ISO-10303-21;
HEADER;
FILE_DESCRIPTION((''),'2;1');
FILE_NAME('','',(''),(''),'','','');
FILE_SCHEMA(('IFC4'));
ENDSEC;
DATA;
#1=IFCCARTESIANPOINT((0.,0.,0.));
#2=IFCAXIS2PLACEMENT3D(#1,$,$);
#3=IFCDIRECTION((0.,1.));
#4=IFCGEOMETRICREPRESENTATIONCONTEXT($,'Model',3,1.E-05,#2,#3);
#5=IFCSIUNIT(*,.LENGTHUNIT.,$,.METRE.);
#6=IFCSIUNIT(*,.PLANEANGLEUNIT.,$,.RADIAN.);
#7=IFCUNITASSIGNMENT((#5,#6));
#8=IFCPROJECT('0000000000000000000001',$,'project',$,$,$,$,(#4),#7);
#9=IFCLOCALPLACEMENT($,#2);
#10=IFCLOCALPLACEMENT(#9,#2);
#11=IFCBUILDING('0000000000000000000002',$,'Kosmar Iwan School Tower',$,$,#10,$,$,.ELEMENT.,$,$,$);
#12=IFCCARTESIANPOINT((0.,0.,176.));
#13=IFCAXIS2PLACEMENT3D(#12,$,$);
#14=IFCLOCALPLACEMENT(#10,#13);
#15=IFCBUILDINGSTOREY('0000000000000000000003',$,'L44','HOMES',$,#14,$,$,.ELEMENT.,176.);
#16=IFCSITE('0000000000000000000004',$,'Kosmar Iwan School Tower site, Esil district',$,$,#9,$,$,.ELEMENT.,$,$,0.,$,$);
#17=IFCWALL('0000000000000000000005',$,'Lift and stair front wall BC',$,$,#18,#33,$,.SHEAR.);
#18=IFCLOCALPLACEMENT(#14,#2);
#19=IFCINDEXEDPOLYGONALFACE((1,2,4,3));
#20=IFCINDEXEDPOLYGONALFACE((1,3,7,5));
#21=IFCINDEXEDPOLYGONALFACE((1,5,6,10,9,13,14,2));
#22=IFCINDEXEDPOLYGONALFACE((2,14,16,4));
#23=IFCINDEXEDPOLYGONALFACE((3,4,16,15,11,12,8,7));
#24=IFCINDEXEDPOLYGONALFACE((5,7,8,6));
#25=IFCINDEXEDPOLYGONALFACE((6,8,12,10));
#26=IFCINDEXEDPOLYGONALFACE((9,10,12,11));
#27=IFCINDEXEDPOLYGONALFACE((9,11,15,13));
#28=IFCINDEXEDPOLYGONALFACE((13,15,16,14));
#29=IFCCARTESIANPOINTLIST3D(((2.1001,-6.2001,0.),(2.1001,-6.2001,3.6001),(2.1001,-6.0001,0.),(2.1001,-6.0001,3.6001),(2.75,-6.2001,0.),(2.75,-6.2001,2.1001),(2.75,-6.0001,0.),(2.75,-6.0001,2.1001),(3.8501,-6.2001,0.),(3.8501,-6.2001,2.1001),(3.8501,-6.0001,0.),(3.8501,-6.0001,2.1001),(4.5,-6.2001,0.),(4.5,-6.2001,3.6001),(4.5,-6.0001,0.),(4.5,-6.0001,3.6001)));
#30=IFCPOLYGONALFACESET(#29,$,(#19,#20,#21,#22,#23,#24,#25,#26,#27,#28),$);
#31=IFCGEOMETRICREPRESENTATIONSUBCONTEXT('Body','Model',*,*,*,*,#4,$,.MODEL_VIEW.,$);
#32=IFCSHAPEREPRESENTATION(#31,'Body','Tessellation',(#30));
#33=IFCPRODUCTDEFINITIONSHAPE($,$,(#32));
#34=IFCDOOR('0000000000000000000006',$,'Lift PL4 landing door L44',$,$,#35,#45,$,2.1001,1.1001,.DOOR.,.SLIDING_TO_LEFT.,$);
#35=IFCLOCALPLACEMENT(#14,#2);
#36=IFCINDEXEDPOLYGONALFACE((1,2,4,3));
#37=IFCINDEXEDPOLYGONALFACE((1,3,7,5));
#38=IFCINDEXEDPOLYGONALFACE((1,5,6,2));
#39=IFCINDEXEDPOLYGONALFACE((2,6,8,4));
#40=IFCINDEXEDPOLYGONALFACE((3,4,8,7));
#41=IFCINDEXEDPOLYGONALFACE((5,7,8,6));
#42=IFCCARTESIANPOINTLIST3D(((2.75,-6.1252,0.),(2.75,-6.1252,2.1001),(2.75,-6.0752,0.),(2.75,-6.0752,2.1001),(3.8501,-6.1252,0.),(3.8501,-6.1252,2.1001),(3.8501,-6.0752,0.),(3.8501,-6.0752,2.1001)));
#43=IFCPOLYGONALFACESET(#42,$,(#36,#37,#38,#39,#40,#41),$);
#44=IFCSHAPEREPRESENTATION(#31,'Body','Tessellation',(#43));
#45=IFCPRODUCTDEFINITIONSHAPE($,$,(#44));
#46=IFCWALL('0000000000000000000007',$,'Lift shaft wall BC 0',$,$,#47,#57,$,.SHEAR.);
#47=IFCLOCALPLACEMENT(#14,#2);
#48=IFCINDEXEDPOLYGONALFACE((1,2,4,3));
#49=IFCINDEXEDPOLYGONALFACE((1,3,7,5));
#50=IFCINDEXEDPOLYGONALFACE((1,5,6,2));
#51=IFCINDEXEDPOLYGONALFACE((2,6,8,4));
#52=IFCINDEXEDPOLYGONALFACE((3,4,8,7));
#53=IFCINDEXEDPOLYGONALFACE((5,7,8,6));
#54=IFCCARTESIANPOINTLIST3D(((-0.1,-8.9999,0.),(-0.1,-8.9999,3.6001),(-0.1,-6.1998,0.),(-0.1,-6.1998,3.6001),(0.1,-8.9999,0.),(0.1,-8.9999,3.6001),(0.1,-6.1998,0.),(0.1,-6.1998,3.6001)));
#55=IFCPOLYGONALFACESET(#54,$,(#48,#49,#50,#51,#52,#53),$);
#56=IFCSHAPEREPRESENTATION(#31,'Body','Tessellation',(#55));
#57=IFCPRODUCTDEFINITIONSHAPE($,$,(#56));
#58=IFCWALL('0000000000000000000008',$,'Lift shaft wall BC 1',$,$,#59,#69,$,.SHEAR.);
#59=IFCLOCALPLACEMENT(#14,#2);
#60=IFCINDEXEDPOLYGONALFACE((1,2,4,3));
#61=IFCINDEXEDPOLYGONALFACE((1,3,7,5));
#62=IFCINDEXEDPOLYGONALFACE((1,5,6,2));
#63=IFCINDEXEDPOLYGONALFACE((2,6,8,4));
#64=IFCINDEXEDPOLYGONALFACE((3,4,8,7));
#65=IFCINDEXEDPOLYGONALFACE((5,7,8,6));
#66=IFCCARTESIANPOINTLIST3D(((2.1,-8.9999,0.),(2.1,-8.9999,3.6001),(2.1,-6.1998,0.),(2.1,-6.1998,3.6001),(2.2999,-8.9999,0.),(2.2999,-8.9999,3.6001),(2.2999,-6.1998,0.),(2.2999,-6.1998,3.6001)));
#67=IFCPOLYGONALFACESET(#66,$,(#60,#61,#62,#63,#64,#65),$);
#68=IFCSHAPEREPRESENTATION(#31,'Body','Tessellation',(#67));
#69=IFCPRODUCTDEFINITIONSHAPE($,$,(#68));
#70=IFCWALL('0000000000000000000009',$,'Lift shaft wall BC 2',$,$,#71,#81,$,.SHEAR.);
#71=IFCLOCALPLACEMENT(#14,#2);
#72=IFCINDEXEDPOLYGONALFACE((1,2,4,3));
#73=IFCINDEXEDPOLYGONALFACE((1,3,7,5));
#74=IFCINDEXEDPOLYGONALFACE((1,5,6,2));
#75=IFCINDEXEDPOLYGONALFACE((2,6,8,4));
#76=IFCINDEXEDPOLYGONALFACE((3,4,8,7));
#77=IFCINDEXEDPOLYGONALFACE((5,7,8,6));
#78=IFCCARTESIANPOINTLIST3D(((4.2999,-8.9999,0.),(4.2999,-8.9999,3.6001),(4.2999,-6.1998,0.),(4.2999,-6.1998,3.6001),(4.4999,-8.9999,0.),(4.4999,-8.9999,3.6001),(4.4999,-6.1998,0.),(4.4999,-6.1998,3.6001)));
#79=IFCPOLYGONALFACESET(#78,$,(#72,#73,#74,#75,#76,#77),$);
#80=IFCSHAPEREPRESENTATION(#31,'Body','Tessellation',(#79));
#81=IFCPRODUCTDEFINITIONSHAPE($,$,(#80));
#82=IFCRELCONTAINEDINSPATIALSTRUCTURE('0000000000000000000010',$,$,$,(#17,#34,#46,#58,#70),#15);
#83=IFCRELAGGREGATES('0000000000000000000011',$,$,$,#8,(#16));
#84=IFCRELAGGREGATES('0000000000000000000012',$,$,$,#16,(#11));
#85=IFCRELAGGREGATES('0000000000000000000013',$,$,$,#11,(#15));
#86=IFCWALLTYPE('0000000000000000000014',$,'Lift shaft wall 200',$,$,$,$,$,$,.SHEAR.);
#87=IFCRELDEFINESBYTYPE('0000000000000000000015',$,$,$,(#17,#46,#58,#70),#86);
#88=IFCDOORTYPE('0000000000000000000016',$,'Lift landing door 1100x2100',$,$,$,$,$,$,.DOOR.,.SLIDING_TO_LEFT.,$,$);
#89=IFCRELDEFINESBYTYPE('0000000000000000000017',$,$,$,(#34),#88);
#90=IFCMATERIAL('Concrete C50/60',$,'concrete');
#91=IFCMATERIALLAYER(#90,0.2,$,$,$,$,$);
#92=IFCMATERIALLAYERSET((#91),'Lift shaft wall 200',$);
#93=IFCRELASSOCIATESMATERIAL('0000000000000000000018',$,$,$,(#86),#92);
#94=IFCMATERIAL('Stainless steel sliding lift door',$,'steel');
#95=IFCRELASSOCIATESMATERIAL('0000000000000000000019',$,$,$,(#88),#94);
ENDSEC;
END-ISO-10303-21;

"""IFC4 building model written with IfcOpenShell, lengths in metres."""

from ifc_helpers import new_model, si_unit, direction, frame, frame_2d, origin, place, context, subcontext, project, spatial, rectangle, extrude, material, layer, layer_set, type_object, element, fill, save


model = new_model("IFC4")

# Units and contexts
model_context = context("Model", 3, precision=1e-05, world=origin(), true_north=direction((0.0, 1.0)))
body_context = subcontext(model_context, "Body", "Model", "MODEL_VIEW")
ifc_project = project(units=[si_unit("LENGTHUNIT", "METRE"), si_unit("PLANEANGLEUNIT", "RADIAN")], contexts=[model_context])

# Site, building, storey
site_placement = place(None, origin())
site = spatial("IfcSite", under=ifc_project, at=site_placement, Name="Kosmar Iwan School Tower site, Esil district", CompositionType="ELEMENT", RefElevation=0.0)
building_placement = place(site_placement, origin())
building = spatial("IfcBuilding", under=site, at=building_placement, Name="Kosmar Iwan School Tower", CompositionType="ELEMENT")
storey_placement = place(building_placement, frame((0.0, 0.0, 176.0)))
storey = spatial("IfcBuildingStorey", under=building, at=storey_placement, Name="L44", Description="HOMES", CompositionType="ELEMENT", Elevation=176.0)

# Wall, opening, door
ifc_material_1 = material(Name="Concrete C50/60", Category="concrete")
ifc_layer_1 = layer(ifc_material_1, 0.2)
ifc_layer_set_1 = layer_set([ifc_layer_1], Name="Lift shaft wall 200")
wall_type_1 = type_object("IfcWallType", Name="Lift shaft wall 200", PredefinedType="SHEAR", material=ifc_layer_set_1)
wall_1_placement = place(storey_placement, frame((2.1001, -6.1001, 0.0), z_axis=(0.0, 0.0, 1.0), x_axis=(1.0, 0.0, 0.0)))
wall_1 = element("IfcWall", 1, at=wall_1_placement, inside=storey, type_object=wall_type_1, Name="Lift and stair front wall BC", PredefinedType="SHEAR", context=body_context, shape_type="SweptSolid", body=[
    extrude(rectangle(XDim=2.3999, YDim=0.2, at=frame_2d((1.2, 0.0))), origin(), (0.0, 0.0, 1.0), 3.6001),
])
opening_1_placement = place(wall_1_placement, frame((0.6499, 0.0, 0.0)))
opening_1 = element("IfcOpeningElement", 2, at=opening_1_placement, cuts=wall_1, PredefinedType="OPENING", context=body_context, shape_type="SweptSolid", body=[
    extrude(rectangle(XDim=1.1001, YDim=2.1001, at=frame_2d((0.55, 1.05))), frame((0.0, 0.1121, 0.0), z_axis=(0.0, -1.0, 0.0), x_axis=(1.0, 0.0, 0.0)), (0.0, 0.0, 1.0), 0.2239),
])
ifc_material_2 = material(Name="Stainless steel sliding lift door", Category="steel")
door_type_1 = type_object("IfcDoorType", Name="Lift landing door 1100x2100", OperationType="SLIDING_TO_LEFT", PredefinedType="DOOR", material=ifc_material_2)
door_1_placement = place(opening_1_placement, origin())
door_1 = element("IfcDoor", 3, at=door_1_placement, inside=storey, type_object=door_type_1, Name="Lift PL4 landing door L44", OperationType="SLIDING_TO_LEFT", OverallHeight=2.1001, OverallWidth=1.1001, PredefinedType="DOOR", context=body_context, shape_type="SweptSolid", body=[
    extrude(rectangle(XDim=1.1001, YDim=2.1001, at=frame_2d((0.55, 1.05))), frame((0.0, 0.0249, 0.0), z_axis=(0.0, -1.0, 0.0), x_axis=(1.0, 0.0, 0.0)), (0.0, 0.0, 1.0), 0.05),
])
fill(opening_1, door_1)

# Walls
for number, where, z_axis, x_axis, name in (
    (4, (0.0, -6.2, 0.0), (0.0, 0.0, 1.0), (0.0, -1.0, 0.0), "Lift shaft wall BC 0"),
    (5, (2.2, -6.2, 0.0), (0.0, 0.0, 1.0), (0.0, -1.0, 0.0), "Lift shaft wall BC 1"),
    (6, (4.3999, -6.2, 0.0), (0.0, 0.0, 1.0), (0.0, -1.0, 0.0), "Lift shaft wall BC 2"),
):
    element("IfcWall", number, at=place(storey_placement, frame(where, z_axis=z_axis, x_axis=x_axis)), inside=storey, type_object=wall_type_1, Name=name, PredefinedType="SHEAR", context=body_context, shape_type="SweptSolid", body=[
        extrude(rectangle(XDim=2.8, YDim=0.2, at=frame_2d((1.3999, 0.0))), origin(), (0.0, 0.0, 1.0), 3.6001),
    ])

save(model, "model.ifc")
